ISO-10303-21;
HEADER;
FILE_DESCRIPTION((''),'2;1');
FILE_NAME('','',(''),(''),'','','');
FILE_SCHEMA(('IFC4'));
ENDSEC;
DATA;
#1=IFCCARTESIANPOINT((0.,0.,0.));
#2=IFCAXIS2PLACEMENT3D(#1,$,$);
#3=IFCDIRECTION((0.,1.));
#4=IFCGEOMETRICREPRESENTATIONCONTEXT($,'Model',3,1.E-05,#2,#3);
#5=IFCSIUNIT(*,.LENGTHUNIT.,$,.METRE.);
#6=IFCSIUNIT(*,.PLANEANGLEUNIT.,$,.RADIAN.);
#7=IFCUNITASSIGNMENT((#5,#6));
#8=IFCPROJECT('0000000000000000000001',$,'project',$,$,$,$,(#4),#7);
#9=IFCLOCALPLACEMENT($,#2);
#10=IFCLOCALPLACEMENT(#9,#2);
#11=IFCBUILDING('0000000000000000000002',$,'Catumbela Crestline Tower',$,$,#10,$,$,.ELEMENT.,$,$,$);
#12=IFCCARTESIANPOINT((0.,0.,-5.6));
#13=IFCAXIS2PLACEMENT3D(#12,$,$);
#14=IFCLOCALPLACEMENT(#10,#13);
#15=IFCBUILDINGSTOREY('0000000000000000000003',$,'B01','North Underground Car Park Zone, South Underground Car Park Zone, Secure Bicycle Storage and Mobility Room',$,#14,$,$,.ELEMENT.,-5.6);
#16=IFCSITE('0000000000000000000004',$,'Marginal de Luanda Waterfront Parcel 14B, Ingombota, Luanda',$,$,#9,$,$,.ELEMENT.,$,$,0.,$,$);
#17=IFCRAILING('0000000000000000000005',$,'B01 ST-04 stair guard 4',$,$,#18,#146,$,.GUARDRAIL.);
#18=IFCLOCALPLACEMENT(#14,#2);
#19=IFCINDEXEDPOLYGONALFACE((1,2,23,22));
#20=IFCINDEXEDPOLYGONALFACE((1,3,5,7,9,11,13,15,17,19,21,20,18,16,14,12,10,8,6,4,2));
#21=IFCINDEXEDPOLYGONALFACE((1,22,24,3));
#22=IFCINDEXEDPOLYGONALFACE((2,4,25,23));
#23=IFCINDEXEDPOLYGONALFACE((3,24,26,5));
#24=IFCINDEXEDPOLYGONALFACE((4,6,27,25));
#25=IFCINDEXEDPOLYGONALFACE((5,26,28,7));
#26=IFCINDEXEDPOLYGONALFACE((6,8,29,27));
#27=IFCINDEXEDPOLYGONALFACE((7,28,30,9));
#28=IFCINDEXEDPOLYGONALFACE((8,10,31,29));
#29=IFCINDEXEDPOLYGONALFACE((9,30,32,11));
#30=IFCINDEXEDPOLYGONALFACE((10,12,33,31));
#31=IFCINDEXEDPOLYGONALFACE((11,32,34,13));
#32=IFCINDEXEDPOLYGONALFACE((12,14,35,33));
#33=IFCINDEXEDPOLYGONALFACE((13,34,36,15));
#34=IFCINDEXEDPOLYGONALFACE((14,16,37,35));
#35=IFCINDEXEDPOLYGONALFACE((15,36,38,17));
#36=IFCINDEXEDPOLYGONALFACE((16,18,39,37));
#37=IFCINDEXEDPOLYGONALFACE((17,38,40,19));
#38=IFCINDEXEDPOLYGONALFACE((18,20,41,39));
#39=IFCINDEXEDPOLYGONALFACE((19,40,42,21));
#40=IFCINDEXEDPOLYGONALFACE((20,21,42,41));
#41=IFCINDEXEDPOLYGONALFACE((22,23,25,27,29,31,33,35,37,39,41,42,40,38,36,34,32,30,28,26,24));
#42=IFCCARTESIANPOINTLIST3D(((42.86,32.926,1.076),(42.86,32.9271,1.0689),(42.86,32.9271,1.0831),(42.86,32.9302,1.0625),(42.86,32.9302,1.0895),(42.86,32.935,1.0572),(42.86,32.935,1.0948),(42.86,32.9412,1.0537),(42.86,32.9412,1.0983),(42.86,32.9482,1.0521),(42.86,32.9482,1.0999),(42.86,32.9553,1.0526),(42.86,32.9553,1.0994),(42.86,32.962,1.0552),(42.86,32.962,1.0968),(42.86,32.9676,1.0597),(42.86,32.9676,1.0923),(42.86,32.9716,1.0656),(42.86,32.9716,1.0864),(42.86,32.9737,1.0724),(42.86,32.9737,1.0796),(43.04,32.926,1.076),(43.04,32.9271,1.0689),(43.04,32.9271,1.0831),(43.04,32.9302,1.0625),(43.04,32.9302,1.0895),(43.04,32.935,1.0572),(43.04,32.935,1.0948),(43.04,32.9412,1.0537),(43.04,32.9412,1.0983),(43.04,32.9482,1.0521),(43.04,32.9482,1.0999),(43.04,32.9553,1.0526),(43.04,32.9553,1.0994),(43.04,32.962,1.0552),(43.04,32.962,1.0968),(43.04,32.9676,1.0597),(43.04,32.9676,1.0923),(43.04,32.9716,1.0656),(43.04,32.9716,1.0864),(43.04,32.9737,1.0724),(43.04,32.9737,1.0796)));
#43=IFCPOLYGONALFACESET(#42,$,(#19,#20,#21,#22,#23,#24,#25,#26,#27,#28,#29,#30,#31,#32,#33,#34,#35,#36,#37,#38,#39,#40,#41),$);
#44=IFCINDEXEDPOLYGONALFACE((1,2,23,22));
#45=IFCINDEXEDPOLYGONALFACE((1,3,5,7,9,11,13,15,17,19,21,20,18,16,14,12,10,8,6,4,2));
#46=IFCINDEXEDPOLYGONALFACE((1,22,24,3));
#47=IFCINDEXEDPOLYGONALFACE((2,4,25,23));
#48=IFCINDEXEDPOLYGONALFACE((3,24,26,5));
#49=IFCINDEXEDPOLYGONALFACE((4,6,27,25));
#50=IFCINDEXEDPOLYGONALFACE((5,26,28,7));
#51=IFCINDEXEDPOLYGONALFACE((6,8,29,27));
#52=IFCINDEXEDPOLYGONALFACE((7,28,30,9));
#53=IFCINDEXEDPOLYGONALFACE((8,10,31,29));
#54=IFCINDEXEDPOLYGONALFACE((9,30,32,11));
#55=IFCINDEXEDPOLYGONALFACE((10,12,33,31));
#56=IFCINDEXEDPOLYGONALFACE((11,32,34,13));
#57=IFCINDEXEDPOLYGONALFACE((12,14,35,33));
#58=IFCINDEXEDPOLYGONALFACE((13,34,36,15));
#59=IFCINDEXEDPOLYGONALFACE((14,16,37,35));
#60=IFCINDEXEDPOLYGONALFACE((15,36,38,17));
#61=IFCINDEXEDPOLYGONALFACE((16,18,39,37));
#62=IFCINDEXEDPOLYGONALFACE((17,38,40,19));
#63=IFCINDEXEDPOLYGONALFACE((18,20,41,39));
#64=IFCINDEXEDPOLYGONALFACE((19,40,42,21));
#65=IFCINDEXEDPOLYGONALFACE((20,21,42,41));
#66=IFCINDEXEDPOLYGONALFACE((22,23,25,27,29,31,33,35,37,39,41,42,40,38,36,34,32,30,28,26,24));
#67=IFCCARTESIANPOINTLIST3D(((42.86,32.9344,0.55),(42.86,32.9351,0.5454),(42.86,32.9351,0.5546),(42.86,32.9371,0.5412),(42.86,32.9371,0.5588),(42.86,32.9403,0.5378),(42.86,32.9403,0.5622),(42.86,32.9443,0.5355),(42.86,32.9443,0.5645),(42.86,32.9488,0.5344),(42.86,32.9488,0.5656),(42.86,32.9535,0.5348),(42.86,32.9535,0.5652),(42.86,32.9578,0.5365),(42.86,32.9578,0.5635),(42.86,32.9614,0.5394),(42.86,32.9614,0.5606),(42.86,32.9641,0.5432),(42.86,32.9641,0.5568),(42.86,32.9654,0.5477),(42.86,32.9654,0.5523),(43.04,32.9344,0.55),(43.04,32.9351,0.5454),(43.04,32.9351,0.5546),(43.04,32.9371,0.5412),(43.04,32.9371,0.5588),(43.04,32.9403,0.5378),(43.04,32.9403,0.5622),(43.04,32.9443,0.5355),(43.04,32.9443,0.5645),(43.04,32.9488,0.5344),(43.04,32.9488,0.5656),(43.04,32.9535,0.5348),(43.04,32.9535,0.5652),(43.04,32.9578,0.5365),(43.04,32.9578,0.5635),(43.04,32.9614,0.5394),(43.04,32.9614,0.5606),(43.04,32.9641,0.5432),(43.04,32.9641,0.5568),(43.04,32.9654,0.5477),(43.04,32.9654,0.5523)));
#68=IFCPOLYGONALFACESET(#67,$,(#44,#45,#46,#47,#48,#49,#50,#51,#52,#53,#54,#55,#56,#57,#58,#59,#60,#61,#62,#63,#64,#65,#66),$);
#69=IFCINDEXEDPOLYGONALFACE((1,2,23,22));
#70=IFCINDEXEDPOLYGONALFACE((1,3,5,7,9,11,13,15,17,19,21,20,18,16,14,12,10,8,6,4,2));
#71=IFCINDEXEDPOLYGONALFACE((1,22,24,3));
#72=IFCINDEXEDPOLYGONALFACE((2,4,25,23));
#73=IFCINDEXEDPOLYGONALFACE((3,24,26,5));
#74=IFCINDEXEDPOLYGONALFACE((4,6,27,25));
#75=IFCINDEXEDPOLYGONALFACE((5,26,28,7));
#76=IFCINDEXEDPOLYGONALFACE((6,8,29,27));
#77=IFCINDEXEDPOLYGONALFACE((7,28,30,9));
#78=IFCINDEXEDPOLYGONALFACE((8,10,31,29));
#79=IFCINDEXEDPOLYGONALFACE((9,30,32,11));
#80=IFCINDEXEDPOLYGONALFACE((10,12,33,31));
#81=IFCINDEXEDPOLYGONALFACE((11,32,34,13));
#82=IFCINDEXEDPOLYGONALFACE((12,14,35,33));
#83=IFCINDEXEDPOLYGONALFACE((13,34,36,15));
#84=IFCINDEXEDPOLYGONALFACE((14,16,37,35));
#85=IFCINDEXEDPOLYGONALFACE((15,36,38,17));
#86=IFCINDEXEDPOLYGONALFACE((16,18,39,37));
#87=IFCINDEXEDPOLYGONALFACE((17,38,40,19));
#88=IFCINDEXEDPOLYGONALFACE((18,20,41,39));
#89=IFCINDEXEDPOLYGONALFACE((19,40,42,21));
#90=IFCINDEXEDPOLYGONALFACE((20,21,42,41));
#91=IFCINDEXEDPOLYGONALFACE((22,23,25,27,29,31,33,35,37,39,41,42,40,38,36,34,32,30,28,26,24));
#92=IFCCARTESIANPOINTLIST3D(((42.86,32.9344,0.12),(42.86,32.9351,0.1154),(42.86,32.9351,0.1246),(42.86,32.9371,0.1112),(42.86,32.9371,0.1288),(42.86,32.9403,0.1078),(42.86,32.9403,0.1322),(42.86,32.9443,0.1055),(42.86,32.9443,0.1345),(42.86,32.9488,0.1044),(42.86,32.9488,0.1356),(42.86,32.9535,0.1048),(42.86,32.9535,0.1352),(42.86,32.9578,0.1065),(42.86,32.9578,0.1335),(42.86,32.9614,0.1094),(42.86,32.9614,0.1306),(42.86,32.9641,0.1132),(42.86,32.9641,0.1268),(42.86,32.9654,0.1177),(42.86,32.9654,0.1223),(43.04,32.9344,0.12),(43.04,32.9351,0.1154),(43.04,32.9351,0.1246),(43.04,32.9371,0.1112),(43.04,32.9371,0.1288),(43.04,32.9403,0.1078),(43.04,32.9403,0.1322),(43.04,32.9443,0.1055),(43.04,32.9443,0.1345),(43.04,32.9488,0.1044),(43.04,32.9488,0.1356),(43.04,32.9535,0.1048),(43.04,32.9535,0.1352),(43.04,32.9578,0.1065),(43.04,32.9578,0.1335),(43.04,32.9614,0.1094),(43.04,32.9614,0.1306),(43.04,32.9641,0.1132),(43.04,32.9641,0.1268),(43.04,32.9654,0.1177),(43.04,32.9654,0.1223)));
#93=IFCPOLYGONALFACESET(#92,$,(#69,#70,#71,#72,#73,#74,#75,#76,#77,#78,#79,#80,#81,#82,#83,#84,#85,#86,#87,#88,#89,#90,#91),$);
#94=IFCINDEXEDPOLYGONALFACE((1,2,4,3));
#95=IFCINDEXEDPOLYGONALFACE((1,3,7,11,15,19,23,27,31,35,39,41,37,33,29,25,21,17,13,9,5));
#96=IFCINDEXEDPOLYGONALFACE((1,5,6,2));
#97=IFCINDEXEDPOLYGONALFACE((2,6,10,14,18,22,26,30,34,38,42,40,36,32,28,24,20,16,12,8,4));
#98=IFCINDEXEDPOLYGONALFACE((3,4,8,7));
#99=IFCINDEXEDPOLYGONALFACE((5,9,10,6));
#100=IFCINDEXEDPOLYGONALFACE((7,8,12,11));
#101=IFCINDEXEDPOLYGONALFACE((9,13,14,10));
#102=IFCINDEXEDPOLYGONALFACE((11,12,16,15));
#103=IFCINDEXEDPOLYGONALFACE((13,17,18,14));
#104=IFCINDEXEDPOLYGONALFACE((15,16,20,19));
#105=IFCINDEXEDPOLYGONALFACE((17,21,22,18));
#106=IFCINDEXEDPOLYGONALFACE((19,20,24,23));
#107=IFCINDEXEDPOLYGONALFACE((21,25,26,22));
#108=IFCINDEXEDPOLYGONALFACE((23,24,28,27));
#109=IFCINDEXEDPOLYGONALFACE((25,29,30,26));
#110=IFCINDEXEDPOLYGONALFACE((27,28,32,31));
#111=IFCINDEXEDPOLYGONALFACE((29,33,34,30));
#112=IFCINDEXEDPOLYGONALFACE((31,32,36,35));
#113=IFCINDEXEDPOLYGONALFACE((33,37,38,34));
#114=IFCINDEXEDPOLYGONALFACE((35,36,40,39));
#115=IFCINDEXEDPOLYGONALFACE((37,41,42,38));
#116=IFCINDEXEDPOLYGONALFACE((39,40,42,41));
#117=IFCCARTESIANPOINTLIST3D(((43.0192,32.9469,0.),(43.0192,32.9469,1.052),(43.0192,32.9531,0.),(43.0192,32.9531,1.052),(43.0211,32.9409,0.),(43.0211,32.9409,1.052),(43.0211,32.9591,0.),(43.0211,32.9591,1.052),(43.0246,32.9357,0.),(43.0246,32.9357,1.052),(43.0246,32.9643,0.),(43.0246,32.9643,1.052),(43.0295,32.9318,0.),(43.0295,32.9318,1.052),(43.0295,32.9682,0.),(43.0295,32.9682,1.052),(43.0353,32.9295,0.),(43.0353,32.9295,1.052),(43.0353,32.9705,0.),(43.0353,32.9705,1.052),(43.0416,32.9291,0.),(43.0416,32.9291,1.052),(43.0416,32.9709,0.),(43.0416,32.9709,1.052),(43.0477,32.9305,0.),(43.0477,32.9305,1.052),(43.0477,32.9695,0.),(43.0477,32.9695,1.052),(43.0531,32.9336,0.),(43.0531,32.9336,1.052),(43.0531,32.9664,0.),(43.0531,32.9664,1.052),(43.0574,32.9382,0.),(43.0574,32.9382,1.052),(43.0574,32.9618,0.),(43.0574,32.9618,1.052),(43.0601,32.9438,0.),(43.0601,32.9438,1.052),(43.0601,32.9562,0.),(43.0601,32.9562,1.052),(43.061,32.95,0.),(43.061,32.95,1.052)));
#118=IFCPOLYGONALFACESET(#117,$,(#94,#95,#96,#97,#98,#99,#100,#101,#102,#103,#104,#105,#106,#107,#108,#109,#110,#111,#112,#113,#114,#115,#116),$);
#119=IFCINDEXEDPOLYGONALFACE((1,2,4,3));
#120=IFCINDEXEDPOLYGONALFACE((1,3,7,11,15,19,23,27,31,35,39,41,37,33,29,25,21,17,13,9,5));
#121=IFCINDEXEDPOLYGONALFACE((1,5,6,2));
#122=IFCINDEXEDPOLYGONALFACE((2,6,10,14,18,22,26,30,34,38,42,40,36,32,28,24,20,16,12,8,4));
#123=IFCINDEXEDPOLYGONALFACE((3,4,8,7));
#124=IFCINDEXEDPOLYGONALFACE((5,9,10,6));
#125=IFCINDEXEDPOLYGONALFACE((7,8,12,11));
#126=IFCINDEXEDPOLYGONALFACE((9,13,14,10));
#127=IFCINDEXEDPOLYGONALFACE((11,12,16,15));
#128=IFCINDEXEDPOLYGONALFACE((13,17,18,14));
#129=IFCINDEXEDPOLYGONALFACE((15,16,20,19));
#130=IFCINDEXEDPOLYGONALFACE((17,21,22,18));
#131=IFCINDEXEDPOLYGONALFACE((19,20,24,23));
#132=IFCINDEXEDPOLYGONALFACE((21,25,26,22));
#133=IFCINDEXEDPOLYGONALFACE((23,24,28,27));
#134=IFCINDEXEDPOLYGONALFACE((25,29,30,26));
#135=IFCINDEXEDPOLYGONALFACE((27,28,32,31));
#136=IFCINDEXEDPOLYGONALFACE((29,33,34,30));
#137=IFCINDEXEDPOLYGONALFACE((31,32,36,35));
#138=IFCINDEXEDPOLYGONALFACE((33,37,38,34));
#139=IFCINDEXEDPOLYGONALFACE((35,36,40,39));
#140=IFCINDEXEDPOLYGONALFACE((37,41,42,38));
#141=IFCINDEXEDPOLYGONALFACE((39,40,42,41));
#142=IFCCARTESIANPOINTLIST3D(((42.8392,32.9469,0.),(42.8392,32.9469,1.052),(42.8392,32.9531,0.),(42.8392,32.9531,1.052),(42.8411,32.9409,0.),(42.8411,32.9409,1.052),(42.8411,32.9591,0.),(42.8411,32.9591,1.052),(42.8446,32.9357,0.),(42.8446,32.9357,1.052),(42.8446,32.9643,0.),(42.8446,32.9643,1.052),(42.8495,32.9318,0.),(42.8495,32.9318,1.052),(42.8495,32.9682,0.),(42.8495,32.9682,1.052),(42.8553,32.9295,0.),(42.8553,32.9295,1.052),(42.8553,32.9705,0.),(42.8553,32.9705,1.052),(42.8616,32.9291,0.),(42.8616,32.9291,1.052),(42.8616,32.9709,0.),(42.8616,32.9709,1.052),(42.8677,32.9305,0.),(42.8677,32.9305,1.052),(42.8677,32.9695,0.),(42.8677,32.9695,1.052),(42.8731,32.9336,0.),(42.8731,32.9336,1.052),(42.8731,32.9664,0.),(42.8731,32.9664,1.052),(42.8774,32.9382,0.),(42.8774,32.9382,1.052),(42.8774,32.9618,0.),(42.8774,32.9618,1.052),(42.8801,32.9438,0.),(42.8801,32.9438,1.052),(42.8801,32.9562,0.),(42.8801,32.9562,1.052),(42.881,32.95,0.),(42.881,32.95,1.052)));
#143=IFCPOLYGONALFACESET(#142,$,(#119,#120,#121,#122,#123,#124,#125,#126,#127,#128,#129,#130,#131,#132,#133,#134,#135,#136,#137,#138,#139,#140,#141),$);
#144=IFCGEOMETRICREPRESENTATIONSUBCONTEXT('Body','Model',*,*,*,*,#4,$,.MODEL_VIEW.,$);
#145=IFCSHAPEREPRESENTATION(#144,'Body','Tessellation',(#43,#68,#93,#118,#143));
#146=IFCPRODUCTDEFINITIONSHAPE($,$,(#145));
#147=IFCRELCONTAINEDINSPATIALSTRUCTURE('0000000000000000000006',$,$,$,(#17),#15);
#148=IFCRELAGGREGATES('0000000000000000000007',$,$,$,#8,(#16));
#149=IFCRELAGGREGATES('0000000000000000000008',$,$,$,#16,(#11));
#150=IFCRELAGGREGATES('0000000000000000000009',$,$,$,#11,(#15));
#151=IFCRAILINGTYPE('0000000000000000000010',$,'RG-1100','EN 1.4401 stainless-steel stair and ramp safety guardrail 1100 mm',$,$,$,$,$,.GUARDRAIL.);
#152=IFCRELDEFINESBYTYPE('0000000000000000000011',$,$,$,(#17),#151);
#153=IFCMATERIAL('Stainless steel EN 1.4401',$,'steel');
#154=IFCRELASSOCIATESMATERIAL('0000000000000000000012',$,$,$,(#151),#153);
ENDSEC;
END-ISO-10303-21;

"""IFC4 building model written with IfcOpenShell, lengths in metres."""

from ifc_helpers import new_model, si_unit, direction, frame, origin, origin_2d, place, context, subcontext, project, spatial, circle, extrude, material, type_object, element, save


model = new_model("IFC4")

# Units and contexts
model_context = context("Model", 3, precision=1e-05, world=origin(), true_north=direction((0.0, 1.0)))
body_context = subcontext(model_context, "Body", "Model", "MODEL_VIEW")
ifc_project = project(units=[si_unit("LENGTHUNIT", "METRE"), si_unit("PLANEANGLEUNIT", "RADIAN")], contexts=[model_context])

# Site, building, storey
site_placement = place(None, origin())
site = spatial("IfcSite", under=ifc_project, at=site_placement, Name="Marginal de Luanda Waterfront Parcel 14B, Ingombota, Luanda", CompositionType="ELEMENT", RefElevation=0.0)
building_placement = place(site_placement, origin())
building = spatial("IfcBuilding", under=site, at=building_placement, Name="Catumbela Crestline Tower", CompositionType="ELEMENT")
storey_placement = place(building_placement, frame((0.0, 0.0, -5.6)))
storey = spatial("IfcBuildingStorey", under=building, at=storey_placement, Name="B01", Description="North Underground Car Park Zone, South Underground Car Park Zone, Secure Bicycle Storage and Mobility Room", CompositionType="ELEMENT", Elevation=-5.6)

# Shared definitions
ifc_material_1 = material(Name="Stainless steel EN 1.4401", Category="steel")

# Railing
railing_type_1 = type_object("IfcRailingType", Name="RG-1100", Description="EN 1.4401 stainless-steel stair and ramp safety guardrail 1100 mm", PredefinedType="GUARDRAIL", material=ifc_material_1)
railing_1_placement = place(storey_placement, frame((43.04, 32.95, 0.0)))
element("IfcRailing", 1, at=railing_1_placement, inside=storey, type_object=railing_type_1, Name="B01 ST-04 stair guard 4", PredefinedType="GUARDRAIL", context=body_context, shape_type="SweptSolid", body=[
    extrude(circle(Radius=0.024, at=origin_2d()), frame((0.0, 0.0, 1.076), z_axis=(-1.0, 0.0, 0.0), x_axis=(0.0, -1.0, 0.0)), (0.0, 0.0, 1.0), 0.18),
    extrude(circle(Radius=0.0156, at=origin_2d()), frame((0.0, 0.0, 0.55), z_axis=(-1.0, 0.0, 0.0), x_axis=(0.0, -1.0, 0.0)), (0.0, 0.0, 1.0), 0.18),
    extrude(circle(Radius=0.0156, at=origin_2d()), frame((0.0, 0.0, 0.12), z_axis=(-1.0, 0.0, 0.0), x_axis=(0.0, -1.0, 0.0)), (0.0, 0.0, 1.0), 0.18),
    extrude(circle(Radius=0.021, at=origin_2d()), origin(), (0.0, 0.0, 1.0), 1.052),
    extrude(circle(Radius=0.021, at=origin_2d()), frame((-0.18, 0.0, 0.0)), (0.0, 0.0, 1.0), 1.052),
])

save(model, "model.ifc")
